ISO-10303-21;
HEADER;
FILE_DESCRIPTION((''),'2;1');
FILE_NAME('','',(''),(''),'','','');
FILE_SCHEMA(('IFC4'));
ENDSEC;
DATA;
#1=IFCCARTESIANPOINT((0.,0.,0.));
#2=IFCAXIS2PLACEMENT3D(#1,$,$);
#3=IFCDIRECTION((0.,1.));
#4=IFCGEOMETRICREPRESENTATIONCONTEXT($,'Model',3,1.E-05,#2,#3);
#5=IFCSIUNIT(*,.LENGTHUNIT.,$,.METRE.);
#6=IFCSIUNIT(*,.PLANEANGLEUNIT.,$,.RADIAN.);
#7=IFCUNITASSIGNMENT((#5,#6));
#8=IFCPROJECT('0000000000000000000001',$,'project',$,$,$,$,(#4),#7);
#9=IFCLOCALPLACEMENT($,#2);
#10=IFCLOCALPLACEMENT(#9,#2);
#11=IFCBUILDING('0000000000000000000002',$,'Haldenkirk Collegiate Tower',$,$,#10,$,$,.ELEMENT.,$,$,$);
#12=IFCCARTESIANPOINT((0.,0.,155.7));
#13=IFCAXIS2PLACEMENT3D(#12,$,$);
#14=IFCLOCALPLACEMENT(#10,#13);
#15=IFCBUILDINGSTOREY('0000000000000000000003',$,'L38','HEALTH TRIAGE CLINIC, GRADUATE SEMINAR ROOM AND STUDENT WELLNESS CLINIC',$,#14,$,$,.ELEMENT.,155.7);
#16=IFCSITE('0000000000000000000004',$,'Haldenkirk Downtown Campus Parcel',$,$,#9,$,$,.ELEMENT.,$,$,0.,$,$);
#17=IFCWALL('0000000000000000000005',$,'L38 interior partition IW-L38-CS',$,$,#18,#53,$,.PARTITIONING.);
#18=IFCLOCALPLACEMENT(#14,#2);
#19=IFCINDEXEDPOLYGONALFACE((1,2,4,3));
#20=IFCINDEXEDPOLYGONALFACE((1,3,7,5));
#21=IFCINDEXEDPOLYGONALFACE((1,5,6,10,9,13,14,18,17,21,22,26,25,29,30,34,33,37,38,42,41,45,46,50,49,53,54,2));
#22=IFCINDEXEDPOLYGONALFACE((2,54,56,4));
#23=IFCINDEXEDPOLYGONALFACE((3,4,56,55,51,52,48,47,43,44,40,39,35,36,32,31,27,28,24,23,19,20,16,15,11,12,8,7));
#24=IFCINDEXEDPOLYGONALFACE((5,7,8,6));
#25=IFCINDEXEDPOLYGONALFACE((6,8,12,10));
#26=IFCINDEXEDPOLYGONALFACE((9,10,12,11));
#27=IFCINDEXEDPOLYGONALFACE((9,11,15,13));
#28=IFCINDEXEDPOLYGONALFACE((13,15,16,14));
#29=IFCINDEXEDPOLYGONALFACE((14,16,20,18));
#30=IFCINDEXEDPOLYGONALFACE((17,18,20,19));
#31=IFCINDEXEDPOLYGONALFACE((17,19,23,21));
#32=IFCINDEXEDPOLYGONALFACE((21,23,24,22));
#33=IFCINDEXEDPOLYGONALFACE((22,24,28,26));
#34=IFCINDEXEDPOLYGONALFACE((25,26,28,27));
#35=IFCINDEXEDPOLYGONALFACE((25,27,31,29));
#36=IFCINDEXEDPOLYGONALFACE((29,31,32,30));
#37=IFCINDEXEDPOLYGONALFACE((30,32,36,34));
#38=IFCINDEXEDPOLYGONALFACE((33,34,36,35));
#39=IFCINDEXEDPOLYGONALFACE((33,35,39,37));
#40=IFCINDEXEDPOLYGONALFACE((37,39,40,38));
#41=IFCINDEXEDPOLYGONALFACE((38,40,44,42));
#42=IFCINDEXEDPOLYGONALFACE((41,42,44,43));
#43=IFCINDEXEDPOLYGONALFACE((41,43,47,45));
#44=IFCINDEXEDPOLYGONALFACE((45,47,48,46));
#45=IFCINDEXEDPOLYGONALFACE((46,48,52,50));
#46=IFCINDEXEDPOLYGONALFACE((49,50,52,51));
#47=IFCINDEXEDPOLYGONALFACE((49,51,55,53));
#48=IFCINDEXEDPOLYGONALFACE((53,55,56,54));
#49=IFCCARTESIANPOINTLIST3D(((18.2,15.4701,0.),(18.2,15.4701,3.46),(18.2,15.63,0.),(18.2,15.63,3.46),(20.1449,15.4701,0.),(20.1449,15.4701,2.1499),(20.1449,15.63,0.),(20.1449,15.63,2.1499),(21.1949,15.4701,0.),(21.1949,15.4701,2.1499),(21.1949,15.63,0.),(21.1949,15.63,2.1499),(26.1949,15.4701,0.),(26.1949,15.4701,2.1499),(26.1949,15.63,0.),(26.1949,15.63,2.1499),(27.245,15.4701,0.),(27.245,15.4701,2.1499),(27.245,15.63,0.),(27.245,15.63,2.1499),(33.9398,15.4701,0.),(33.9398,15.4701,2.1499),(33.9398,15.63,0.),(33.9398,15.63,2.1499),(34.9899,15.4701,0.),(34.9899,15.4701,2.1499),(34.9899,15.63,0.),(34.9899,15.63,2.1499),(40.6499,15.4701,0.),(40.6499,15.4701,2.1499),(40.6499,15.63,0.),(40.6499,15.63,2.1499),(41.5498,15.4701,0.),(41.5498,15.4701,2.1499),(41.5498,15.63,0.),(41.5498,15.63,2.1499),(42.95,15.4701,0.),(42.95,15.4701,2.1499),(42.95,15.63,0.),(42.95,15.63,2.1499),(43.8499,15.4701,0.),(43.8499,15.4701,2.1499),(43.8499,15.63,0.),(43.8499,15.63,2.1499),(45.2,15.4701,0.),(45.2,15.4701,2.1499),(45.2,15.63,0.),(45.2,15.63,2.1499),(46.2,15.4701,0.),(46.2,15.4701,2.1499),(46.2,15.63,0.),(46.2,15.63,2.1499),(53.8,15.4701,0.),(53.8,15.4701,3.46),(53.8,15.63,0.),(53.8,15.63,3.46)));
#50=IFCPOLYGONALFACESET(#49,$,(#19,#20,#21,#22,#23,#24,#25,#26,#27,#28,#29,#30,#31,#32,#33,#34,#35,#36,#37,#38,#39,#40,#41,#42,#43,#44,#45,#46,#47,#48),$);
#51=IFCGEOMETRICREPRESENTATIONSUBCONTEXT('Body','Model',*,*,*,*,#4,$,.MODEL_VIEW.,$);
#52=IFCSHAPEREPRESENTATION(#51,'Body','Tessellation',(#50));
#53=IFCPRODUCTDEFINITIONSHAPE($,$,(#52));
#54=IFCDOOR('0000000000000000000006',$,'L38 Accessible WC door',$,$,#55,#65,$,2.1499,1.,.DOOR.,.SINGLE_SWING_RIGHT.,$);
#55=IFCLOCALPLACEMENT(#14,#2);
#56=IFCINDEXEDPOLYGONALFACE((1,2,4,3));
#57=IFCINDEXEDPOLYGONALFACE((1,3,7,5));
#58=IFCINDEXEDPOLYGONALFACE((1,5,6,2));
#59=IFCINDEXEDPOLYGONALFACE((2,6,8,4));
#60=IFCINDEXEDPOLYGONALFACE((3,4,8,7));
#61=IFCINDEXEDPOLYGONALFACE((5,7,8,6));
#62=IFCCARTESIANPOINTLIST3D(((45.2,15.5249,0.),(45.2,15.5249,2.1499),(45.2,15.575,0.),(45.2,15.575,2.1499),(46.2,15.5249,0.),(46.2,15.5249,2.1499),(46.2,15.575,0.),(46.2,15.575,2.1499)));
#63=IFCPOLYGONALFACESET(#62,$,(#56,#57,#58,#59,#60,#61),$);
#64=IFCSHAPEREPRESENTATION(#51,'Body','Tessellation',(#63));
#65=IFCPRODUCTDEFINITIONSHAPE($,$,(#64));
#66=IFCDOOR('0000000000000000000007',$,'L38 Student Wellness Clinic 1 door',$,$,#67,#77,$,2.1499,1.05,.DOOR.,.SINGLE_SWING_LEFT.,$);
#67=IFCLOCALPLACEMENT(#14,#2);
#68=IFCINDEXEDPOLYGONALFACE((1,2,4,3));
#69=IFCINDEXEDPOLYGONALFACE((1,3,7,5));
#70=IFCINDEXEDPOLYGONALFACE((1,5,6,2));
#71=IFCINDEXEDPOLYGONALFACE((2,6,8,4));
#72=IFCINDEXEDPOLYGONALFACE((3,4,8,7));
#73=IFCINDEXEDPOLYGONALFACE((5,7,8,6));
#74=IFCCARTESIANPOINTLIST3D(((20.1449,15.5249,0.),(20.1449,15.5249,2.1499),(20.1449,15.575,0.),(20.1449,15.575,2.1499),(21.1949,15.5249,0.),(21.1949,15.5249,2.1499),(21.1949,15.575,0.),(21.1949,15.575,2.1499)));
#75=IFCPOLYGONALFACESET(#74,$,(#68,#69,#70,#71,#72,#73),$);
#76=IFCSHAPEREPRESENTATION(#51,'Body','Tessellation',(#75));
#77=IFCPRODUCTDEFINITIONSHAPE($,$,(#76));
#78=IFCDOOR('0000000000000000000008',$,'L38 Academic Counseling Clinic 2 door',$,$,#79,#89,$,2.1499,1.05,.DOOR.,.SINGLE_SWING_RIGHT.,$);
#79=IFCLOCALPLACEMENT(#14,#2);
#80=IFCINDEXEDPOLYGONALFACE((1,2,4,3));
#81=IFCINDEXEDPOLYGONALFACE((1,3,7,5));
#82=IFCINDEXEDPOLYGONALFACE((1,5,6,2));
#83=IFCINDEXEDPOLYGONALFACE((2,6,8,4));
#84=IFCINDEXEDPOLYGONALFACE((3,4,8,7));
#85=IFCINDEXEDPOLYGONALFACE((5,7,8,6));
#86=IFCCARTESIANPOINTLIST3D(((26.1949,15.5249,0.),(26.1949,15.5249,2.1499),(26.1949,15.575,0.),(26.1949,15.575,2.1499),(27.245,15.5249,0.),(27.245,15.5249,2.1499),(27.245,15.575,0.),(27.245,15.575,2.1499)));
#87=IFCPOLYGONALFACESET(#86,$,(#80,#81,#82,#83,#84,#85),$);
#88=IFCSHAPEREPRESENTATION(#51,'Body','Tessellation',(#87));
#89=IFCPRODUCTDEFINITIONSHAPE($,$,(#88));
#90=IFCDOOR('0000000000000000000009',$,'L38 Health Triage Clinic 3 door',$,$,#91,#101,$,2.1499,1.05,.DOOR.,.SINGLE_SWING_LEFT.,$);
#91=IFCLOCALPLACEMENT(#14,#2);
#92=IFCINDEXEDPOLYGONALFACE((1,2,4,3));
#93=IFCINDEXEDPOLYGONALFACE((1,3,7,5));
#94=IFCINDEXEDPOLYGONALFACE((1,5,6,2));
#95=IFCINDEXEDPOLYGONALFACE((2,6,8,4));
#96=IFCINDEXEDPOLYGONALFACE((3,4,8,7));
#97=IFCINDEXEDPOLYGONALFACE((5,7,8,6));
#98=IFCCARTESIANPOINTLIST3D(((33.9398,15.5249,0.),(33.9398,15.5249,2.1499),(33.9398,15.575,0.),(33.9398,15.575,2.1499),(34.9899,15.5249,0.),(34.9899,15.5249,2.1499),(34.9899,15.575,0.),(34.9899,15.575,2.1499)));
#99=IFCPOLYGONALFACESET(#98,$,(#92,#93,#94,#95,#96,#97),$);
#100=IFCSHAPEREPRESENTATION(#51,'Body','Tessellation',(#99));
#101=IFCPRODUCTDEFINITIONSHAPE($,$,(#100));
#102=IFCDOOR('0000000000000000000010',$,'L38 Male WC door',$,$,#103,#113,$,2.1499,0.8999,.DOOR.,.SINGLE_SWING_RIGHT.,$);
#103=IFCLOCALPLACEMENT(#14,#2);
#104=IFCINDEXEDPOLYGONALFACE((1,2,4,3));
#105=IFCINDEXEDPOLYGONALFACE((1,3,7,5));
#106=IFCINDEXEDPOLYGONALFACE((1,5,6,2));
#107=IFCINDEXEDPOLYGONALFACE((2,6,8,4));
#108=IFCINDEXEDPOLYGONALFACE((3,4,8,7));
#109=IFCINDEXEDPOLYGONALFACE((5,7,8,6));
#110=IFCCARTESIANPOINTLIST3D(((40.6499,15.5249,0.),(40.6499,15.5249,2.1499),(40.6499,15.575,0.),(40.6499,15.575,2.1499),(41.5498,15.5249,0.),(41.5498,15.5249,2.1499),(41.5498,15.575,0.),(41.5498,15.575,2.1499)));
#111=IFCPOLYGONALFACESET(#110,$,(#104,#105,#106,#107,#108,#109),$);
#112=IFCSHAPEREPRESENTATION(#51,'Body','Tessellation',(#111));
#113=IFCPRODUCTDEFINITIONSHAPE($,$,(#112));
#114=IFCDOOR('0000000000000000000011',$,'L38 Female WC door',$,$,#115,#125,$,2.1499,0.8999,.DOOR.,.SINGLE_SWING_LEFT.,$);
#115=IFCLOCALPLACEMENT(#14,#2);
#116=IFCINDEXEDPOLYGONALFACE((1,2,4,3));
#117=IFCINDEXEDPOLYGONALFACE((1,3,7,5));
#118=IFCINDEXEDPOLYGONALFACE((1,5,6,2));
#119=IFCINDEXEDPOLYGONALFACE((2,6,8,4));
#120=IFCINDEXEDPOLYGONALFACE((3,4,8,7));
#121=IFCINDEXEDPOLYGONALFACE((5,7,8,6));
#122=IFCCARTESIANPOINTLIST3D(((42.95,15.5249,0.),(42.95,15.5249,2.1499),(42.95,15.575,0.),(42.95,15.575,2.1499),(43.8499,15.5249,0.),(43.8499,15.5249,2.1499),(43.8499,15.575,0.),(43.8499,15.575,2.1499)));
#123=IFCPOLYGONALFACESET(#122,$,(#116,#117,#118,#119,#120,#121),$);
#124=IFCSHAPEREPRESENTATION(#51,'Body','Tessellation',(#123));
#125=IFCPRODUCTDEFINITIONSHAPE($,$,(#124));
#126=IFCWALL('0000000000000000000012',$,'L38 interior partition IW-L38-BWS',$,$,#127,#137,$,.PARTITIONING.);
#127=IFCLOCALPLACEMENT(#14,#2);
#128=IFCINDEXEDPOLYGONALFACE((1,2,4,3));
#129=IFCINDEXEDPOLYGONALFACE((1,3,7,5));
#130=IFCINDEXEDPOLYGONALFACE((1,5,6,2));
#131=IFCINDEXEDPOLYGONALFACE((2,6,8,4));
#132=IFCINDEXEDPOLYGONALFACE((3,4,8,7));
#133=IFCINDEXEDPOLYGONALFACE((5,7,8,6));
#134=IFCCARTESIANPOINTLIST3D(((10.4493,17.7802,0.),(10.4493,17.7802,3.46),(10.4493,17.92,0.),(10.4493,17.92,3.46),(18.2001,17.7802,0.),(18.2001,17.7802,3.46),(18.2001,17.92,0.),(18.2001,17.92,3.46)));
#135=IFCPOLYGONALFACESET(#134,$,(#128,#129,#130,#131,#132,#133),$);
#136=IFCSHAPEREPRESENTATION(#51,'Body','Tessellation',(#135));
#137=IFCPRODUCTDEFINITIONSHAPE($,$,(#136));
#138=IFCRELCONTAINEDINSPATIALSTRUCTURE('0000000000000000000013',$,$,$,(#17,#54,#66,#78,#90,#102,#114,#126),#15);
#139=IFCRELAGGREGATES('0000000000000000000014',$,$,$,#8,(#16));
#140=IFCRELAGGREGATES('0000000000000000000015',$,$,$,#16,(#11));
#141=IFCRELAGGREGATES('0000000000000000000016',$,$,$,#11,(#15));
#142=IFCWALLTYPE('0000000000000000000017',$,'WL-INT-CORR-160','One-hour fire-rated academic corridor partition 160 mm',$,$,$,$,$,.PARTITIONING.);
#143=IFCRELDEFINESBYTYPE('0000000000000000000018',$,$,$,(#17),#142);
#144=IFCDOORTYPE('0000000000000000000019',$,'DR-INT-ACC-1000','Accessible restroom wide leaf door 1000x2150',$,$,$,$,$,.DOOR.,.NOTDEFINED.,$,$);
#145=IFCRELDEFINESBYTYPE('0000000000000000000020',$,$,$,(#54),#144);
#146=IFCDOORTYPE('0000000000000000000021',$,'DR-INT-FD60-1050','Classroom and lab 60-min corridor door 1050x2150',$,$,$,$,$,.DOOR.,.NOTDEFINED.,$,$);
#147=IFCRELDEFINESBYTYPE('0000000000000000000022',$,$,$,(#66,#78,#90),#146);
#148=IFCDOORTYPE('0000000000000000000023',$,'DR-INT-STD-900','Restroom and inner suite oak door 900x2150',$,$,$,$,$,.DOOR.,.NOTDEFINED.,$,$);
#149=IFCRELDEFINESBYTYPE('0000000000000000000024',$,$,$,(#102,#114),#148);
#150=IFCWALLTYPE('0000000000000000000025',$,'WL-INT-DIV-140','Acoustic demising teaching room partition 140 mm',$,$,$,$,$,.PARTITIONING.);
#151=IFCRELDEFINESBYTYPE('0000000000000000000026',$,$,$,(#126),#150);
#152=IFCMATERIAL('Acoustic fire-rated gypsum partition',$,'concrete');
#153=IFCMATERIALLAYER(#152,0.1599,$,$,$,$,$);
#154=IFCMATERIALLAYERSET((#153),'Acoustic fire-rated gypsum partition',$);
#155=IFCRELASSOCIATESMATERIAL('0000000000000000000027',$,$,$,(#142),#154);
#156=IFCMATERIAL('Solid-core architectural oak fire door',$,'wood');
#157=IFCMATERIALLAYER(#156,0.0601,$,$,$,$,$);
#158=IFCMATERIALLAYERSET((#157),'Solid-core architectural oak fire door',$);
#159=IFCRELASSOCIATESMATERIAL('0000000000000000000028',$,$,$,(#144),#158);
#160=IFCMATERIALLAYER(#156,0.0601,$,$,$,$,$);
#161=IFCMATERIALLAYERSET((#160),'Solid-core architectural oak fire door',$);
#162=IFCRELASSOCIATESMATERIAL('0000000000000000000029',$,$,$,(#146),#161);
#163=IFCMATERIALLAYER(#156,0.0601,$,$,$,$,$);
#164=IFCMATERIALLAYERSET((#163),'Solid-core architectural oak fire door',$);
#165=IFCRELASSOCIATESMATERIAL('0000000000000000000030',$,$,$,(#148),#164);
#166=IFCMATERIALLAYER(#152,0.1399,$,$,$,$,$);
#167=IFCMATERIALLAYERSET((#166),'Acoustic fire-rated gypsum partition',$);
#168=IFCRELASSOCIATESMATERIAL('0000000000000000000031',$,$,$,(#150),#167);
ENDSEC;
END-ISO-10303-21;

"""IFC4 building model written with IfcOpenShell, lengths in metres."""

from ifc_helpers import new_model, si_unit, direction, frame, frame_2d, origin, place, context, subcontext, project, spatial, rectangle, extrude, material, layer, layer_set, type_object, element, fill, save


model = new_model("IFC4")

# Units and contexts
model_context = context("Model", 3, precision=1e-05, world=origin(), true_north=direction((0.0, 1.0)))
body_context = subcontext(model_context, "Body", "Model", "MODEL_VIEW")
ifc_project = project(units=[si_unit("LENGTHUNIT", "METRE"), si_unit("PLANEANGLEUNIT", "RADIAN")], contexts=[model_context])

# Site, building, storey
site_placement = place(None, origin())
site = spatial("IfcSite", under=ifc_project, at=site_placement, Name="Haldenkirk Downtown Campus Parcel", CompositionType="ELEMENT", RefElevation=0.0)
building_placement = place(site_placement, origin())
building = spatial("IfcBuilding", under=site, at=building_placement, Name="Haldenkirk Collegiate Tower", CompositionType="ELEMENT")
storey_placement = place(building_placement, frame((0.0, 0.0, 155.7)))
storey = spatial("IfcBuildingStorey", under=building, at=storey_placement, Name="L38", Description="HEALTH TRIAGE CLINIC, GRADUATE SEMINAR ROOM AND STUDENT WELLNESS CLINIC", CompositionType="ELEMENT", Elevation=155.7)

# Wall, openings, doors
ifc_material_1 = material(Name="Acoustic fire-rated gypsum partition", Category="concrete")
ifc_layer_1 = layer(ifc_material_1, 0.1599)
ifc_layer_set_1 = layer_set([ifc_layer_1], Name="Acoustic fire-rated gypsum partition")
wall_type_1 = type_object("IfcWallType", Name="WL-INT-CORR-160", Description="One-hour fire-rated academic corridor partition 160 mm", PredefinedType="PARTITIONING", material=ifc_layer_set_1)
wall_1_placement = place(storey_placement, frame((18.2, 15.55, 0.0), z_axis=(0.0, 0.0, 1.0), x_axis=(1.0, 0.0, 0.0)))
wall_1 = element("IfcWall", 1, at=wall_1_placement, inside=storey, type_object=wall_type_1, Name="L38 interior partition IW-L38-CS", PredefinedType="PARTITIONING", context=body_context, shape_type="SweptSolid", body=[
    extrude(rectangle(XDim=35.6001, YDim=0.1599, at=frame_2d((17.8, 0.0))), origin(), (0.0, 0.0, 1.0), 3.46),
])
opening_1_placement = place(wall_1_placement, frame((22.45, 0.0, 0.0)))
opening_1 = element("IfcOpeningElement", 2, at=opening_1_placement, cuts=wall_1, PredefinedType="OPENING", context=body_context, shape_type="SweptSolid", body=[
    extrude(rectangle(XDim=0.8999, YDim=2.1499, at=frame_2d((0.45, 1.075))), frame((0.0, 0.0898, 0.0), z_axis=(0.0, -1.0, 0.0), x_axis=(1.0, 0.0, 0.0)), (0.0, 0.0, 1.0), 0.1799),
])
opening_2_placement = place(wall_1_placement, frame((24.75, 0.0, 0.0)))
opening_2 = element("IfcOpeningElement", 3, at=opening_2_placement, cuts=wall_1, PredefinedType="OPENING", context=body_context, shape_type="SweptSolid", body=[
    extrude(rectangle(XDim=0.8999, YDim=2.1499, at=frame_2d((0.45, 1.075))), frame((0.0, 0.0898, 0.0), z_axis=(0.0, -1.0, 0.0), x_axis=(1.0, 0.0, 0.0)), (0.0, 0.0, 1.0), 0.1799),
])
opening_3_placement = place(wall_1_placement, frame((27.0, 0.0, 0.0)))
opening_3 = element("IfcOpeningElement", 4, at=opening_3_placement, cuts=wall_1, PredefinedType="OPENING", context=body_context, shape_type="SweptSolid", body=[
    extrude(rectangle(XDim=1.0, YDim=2.1499, at=frame_2d((0.5, 1.075))), frame((0.0, 0.0898, 0.0), z_axis=(0.0, -1.0, 0.0), x_axis=(1.0, 0.0, 0.0)), (0.0, 0.0, 1.0), 0.1799),
])
opening_4_placement = place(wall_1_placement, frame((1.9451, 0.0, 0.0)))
opening_4 = element("IfcOpeningElement", 5, at=opening_4_placement, cuts=wall_1, PredefinedType="OPENING", context=body_context, shape_type="SweptSolid", body=[
    extrude(rectangle(XDim=1.05, YDim=2.1499, at=frame_2d((0.5249, 1.075))), frame((0.0, 0.0898, 0.0), z_axis=(0.0, -1.0, 0.0), x_axis=(1.0, 0.0, 0.0)), (0.0, 0.0, 1.0), 0.1799),
])
opening_5_placement = place(wall_1_placement, frame((7.9951, 0.0, 0.0)))
opening_5 = element("IfcOpeningElement", 6, at=opening_5_placement, cuts=wall_1, PredefinedType="OPENING", context=body_context, shape_type="SweptSolid", body=[
    extrude(rectangle(XDim=1.05, YDim=2.1499, at=frame_2d((0.5249, 1.075))), frame((0.0, 0.0898, 0.0), z_axis=(0.0, -1.0, 0.0), x_axis=(1.0, 0.0, 0.0)), (0.0, 0.0, 1.0), 0.1799),
])
opening_6_placement = place(wall_1_placement, frame((15.74, 0.0, 0.0)))
opening_6 = element("IfcOpeningElement", 7, at=opening_6_placement, cuts=wall_1, PredefinedType="OPENING", context=body_context, shape_type="SweptSolid", body=[
    extrude(rectangle(XDim=1.05, YDim=2.1499, at=frame_2d((0.5249, 1.075))), frame((0.0, 0.0898, 0.0), z_axis=(0.0, -1.0, 0.0), x_axis=(1.0, 0.0, 0.0)), (0.0, 0.0, 1.0), 0.1799),
])
ifc_material_2 = material(Name="Solid-core architectural oak fire door", Category="wood")
ifc_layer_2 = layer(ifc_material_2, 0.0601)
ifc_layer_set_2 = layer_set([ifc_layer_2], Name="Solid-core architectural oak fire door")
door_type_1 = type_object("IfcDoorType", Name="DR-INT-ACC-1000", Description="Accessible restroom wide leaf door 1000x2150", OperationType="NOTDEFINED", PredefinedType="DOOR", material=ifc_layer_set_2)
door_1_placement = place(opening_3_placement, origin())
door_1 = element("IfcDoor", 8, at=door_1_placement, inside=storey, type_object=door_type_1, Name="L38 Accessible WC door", OperationType="SINGLE_SWING_RIGHT", OverallHeight=2.1499, OverallWidth=1.0, PredefinedType="DOOR", context=body_context, shape_type="SweptSolid", body=[
    extrude(rectangle(XDim=1.0, YDim=2.1499, at=frame_2d((0.5, 1.075))), frame((0.0, 0.0249, 0.0), z_axis=(0.0, -1.0, 0.0), x_axis=(1.0, 0.0, 0.0)), (0.0, 0.0, 1.0), 0.05),
])
fill(opening_3, door_1)
ifc_layer_3 = layer(ifc_material_2, 0.0601)
ifc_layer_set_3 = layer_set([ifc_layer_3], Name="Solid-core architectural oak fire door")
door_type_2 = type_object("IfcDoorType", Name="DR-INT-FD60-1050", Description="Classroom and lab 60-min corridor door 1050x2150", OperationType="NOTDEFINED", PredefinedType="DOOR", material=ifc_layer_set_3)
door_2_placement = place(opening_4_placement, origin())
door_2 = element("IfcDoor", 9, at=door_2_placement, inside=storey, type_object=door_type_2, Name="L38 Student Wellness Clinic 1 door", OperationType="SINGLE_SWING_LEFT", OverallHeight=2.1499, OverallWidth=1.05, PredefinedType="DOOR", context=body_context, shape_type="SweptSolid", body=[
    extrude(rectangle(XDim=1.05, YDim=2.1499, at=frame_2d((0.5249, 1.075))), frame((0.0, 0.0249, 0.0), z_axis=(0.0, -1.0, 0.0), x_axis=(1.0, 0.0, 0.0)), (0.0, 0.0, 1.0), 0.05),
])
fill(opening_4, door_2)
door_3_placement = place(opening_5_placement, origin())
door_3 = element("IfcDoor", 10, at=door_3_placement, inside=storey, type_object=door_type_2, Name="L38 Academic Counseling Clinic 2 door", OperationType="SINGLE_SWING_RIGHT", OverallHeight=2.1499, OverallWidth=1.05, PredefinedType="DOOR", context=body_context, shape_type="SweptSolid", body=[
    extrude(rectangle(XDim=1.05, YDim=2.1499, at=frame_2d((0.5249, 1.075))), frame((0.0, 0.0249, 0.0), z_axis=(0.0, -1.0, 0.0), x_axis=(1.0, 0.0, 0.0)), (0.0, 0.0, 1.0), 0.05),
])
fill(opening_5, door_3)
door_4_placement = place(opening_6_placement, origin())
door_4 = element("IfcDoor", 11, at=door_4_placement, inside=storey, type_object=door_type_2, Name="L38 Health Triage Clinic 3 door", OperationType="SINGLE_SWING_LEFT", OverallHeight=2.1499, OverallWidth=1.05, PredefinedType="DOOR", context=body_context, shape_type="SweptSolid", body=[
    extrude(rectangle(XDim=1.05, YDim=2.1499, at=frame_2d((0.5249, 1.075))), frame((0.0, 0.0249, 0.0), z_axis=(0.0, -1.0, 0.0), x_axis=(1.0, 0.0, 0.0)), (0.0, 0.0, 1.0), 0.05),
])
fill(opening_6, door_4)
ifc_layer_4 = layer(ifc_material_2, 0.0601)
ifc_layer_set_4 = layer_set([ifc_layer_4], Name="Solid-core architectural oak fire door")
door_type_3 = type_object("IfcDoorType", Name="DR-INT-STD-900", Description="Restroom and inner suite oak door 900x2150", OperationType="NOTDEFINED", PredefinedType="DOOR", material=ifc_layer_set_4)
door_5_placement = place(opening_1_placement, origin())
door_5 = element("IfcDoor", 12, at=door_5_placement, inside=storey, type_object=door_type_3, Name="L38 Male WC door", OperationType="SINGLE_SWING_RIGHT", OverallHeight=2.1499, OverallWidth=0.8999, PredefinedType="DOOR", context=body_context, shape_type="SweptSolid", body=[
    extrude(rectangle(XDim=0.8999, YDim=2.1499, at=frame_2d((0.45, 1.075))), frame((0.0, 0.0249, 0.0), z_axis=(0.0, -1.0, 0.0), x_axis=(1.0, 0.0, 0.0)), (0.0, 0.0, 1.0), 0.05),
])
fill(opening_1, door_5)
door_6_placement = place(opening_2_placement, origin())
door_6 = element("IfcDoor", 13, at=door_6_placement, inside=storey, type_object=door_type_3, Name="L38 Female WC door", OperationType="SINGLE_SWING_LEFT", OverallHeight=2.1499, OverallWidth=0.8999, PredefinedType="DOOR", context=body_context, shape_type="SweptSolid", body=[
    extrude(rectangle(XDim=0.8999, YDim=2.1499, at=frame_2d((0.45, 1.075))), frame((0.0, 0.0249, 0.0), z_axis=(0.0, -1.0, 0.0), x_axis=(1.0, 0.0, 0.0)), (0.0, 0.0, 1.0), 0.05),
])
fill(opening_2, door_6)

# Wall
ifc_layer_5 = layer(ifc_material_1, 0.1399)
ifc_layer_set_5 = layer_set([ifc_layer_5], Name="Acoustic fire-rated gypsum partition")
wall_type_2 = type_object("IfcWallType", Name="WL-INT-DIV-140", Description="Acoustic demising teaching room partition 140 mm", PredefinedType="PARTITIONING", material=ifc_layer_set_5)
wall_2_placement = place(storey_placement, frame((10.4492, 17.8501, 0.0), z_axis=(0.0, 0.0, 1.0), x_axis=(1.0, 0.0, 0.0)))
element("IfcWall", 14, at=wall_2_placement, inside=storey, type_object=wall_type_2, Name="L38 interior partition IW-L38-BWS", PredefinedType="PARTITIONING", context=body_context, shape_type="SweptSolid", body=[
    extrude(rectangle(XDim=7.7507, YDim=0.1399, at=frame_2d((3.8755, 0.0))), origin(), (0.0, 0.0, 1.0), 3.46),
])

save(model, "model.ifc")
